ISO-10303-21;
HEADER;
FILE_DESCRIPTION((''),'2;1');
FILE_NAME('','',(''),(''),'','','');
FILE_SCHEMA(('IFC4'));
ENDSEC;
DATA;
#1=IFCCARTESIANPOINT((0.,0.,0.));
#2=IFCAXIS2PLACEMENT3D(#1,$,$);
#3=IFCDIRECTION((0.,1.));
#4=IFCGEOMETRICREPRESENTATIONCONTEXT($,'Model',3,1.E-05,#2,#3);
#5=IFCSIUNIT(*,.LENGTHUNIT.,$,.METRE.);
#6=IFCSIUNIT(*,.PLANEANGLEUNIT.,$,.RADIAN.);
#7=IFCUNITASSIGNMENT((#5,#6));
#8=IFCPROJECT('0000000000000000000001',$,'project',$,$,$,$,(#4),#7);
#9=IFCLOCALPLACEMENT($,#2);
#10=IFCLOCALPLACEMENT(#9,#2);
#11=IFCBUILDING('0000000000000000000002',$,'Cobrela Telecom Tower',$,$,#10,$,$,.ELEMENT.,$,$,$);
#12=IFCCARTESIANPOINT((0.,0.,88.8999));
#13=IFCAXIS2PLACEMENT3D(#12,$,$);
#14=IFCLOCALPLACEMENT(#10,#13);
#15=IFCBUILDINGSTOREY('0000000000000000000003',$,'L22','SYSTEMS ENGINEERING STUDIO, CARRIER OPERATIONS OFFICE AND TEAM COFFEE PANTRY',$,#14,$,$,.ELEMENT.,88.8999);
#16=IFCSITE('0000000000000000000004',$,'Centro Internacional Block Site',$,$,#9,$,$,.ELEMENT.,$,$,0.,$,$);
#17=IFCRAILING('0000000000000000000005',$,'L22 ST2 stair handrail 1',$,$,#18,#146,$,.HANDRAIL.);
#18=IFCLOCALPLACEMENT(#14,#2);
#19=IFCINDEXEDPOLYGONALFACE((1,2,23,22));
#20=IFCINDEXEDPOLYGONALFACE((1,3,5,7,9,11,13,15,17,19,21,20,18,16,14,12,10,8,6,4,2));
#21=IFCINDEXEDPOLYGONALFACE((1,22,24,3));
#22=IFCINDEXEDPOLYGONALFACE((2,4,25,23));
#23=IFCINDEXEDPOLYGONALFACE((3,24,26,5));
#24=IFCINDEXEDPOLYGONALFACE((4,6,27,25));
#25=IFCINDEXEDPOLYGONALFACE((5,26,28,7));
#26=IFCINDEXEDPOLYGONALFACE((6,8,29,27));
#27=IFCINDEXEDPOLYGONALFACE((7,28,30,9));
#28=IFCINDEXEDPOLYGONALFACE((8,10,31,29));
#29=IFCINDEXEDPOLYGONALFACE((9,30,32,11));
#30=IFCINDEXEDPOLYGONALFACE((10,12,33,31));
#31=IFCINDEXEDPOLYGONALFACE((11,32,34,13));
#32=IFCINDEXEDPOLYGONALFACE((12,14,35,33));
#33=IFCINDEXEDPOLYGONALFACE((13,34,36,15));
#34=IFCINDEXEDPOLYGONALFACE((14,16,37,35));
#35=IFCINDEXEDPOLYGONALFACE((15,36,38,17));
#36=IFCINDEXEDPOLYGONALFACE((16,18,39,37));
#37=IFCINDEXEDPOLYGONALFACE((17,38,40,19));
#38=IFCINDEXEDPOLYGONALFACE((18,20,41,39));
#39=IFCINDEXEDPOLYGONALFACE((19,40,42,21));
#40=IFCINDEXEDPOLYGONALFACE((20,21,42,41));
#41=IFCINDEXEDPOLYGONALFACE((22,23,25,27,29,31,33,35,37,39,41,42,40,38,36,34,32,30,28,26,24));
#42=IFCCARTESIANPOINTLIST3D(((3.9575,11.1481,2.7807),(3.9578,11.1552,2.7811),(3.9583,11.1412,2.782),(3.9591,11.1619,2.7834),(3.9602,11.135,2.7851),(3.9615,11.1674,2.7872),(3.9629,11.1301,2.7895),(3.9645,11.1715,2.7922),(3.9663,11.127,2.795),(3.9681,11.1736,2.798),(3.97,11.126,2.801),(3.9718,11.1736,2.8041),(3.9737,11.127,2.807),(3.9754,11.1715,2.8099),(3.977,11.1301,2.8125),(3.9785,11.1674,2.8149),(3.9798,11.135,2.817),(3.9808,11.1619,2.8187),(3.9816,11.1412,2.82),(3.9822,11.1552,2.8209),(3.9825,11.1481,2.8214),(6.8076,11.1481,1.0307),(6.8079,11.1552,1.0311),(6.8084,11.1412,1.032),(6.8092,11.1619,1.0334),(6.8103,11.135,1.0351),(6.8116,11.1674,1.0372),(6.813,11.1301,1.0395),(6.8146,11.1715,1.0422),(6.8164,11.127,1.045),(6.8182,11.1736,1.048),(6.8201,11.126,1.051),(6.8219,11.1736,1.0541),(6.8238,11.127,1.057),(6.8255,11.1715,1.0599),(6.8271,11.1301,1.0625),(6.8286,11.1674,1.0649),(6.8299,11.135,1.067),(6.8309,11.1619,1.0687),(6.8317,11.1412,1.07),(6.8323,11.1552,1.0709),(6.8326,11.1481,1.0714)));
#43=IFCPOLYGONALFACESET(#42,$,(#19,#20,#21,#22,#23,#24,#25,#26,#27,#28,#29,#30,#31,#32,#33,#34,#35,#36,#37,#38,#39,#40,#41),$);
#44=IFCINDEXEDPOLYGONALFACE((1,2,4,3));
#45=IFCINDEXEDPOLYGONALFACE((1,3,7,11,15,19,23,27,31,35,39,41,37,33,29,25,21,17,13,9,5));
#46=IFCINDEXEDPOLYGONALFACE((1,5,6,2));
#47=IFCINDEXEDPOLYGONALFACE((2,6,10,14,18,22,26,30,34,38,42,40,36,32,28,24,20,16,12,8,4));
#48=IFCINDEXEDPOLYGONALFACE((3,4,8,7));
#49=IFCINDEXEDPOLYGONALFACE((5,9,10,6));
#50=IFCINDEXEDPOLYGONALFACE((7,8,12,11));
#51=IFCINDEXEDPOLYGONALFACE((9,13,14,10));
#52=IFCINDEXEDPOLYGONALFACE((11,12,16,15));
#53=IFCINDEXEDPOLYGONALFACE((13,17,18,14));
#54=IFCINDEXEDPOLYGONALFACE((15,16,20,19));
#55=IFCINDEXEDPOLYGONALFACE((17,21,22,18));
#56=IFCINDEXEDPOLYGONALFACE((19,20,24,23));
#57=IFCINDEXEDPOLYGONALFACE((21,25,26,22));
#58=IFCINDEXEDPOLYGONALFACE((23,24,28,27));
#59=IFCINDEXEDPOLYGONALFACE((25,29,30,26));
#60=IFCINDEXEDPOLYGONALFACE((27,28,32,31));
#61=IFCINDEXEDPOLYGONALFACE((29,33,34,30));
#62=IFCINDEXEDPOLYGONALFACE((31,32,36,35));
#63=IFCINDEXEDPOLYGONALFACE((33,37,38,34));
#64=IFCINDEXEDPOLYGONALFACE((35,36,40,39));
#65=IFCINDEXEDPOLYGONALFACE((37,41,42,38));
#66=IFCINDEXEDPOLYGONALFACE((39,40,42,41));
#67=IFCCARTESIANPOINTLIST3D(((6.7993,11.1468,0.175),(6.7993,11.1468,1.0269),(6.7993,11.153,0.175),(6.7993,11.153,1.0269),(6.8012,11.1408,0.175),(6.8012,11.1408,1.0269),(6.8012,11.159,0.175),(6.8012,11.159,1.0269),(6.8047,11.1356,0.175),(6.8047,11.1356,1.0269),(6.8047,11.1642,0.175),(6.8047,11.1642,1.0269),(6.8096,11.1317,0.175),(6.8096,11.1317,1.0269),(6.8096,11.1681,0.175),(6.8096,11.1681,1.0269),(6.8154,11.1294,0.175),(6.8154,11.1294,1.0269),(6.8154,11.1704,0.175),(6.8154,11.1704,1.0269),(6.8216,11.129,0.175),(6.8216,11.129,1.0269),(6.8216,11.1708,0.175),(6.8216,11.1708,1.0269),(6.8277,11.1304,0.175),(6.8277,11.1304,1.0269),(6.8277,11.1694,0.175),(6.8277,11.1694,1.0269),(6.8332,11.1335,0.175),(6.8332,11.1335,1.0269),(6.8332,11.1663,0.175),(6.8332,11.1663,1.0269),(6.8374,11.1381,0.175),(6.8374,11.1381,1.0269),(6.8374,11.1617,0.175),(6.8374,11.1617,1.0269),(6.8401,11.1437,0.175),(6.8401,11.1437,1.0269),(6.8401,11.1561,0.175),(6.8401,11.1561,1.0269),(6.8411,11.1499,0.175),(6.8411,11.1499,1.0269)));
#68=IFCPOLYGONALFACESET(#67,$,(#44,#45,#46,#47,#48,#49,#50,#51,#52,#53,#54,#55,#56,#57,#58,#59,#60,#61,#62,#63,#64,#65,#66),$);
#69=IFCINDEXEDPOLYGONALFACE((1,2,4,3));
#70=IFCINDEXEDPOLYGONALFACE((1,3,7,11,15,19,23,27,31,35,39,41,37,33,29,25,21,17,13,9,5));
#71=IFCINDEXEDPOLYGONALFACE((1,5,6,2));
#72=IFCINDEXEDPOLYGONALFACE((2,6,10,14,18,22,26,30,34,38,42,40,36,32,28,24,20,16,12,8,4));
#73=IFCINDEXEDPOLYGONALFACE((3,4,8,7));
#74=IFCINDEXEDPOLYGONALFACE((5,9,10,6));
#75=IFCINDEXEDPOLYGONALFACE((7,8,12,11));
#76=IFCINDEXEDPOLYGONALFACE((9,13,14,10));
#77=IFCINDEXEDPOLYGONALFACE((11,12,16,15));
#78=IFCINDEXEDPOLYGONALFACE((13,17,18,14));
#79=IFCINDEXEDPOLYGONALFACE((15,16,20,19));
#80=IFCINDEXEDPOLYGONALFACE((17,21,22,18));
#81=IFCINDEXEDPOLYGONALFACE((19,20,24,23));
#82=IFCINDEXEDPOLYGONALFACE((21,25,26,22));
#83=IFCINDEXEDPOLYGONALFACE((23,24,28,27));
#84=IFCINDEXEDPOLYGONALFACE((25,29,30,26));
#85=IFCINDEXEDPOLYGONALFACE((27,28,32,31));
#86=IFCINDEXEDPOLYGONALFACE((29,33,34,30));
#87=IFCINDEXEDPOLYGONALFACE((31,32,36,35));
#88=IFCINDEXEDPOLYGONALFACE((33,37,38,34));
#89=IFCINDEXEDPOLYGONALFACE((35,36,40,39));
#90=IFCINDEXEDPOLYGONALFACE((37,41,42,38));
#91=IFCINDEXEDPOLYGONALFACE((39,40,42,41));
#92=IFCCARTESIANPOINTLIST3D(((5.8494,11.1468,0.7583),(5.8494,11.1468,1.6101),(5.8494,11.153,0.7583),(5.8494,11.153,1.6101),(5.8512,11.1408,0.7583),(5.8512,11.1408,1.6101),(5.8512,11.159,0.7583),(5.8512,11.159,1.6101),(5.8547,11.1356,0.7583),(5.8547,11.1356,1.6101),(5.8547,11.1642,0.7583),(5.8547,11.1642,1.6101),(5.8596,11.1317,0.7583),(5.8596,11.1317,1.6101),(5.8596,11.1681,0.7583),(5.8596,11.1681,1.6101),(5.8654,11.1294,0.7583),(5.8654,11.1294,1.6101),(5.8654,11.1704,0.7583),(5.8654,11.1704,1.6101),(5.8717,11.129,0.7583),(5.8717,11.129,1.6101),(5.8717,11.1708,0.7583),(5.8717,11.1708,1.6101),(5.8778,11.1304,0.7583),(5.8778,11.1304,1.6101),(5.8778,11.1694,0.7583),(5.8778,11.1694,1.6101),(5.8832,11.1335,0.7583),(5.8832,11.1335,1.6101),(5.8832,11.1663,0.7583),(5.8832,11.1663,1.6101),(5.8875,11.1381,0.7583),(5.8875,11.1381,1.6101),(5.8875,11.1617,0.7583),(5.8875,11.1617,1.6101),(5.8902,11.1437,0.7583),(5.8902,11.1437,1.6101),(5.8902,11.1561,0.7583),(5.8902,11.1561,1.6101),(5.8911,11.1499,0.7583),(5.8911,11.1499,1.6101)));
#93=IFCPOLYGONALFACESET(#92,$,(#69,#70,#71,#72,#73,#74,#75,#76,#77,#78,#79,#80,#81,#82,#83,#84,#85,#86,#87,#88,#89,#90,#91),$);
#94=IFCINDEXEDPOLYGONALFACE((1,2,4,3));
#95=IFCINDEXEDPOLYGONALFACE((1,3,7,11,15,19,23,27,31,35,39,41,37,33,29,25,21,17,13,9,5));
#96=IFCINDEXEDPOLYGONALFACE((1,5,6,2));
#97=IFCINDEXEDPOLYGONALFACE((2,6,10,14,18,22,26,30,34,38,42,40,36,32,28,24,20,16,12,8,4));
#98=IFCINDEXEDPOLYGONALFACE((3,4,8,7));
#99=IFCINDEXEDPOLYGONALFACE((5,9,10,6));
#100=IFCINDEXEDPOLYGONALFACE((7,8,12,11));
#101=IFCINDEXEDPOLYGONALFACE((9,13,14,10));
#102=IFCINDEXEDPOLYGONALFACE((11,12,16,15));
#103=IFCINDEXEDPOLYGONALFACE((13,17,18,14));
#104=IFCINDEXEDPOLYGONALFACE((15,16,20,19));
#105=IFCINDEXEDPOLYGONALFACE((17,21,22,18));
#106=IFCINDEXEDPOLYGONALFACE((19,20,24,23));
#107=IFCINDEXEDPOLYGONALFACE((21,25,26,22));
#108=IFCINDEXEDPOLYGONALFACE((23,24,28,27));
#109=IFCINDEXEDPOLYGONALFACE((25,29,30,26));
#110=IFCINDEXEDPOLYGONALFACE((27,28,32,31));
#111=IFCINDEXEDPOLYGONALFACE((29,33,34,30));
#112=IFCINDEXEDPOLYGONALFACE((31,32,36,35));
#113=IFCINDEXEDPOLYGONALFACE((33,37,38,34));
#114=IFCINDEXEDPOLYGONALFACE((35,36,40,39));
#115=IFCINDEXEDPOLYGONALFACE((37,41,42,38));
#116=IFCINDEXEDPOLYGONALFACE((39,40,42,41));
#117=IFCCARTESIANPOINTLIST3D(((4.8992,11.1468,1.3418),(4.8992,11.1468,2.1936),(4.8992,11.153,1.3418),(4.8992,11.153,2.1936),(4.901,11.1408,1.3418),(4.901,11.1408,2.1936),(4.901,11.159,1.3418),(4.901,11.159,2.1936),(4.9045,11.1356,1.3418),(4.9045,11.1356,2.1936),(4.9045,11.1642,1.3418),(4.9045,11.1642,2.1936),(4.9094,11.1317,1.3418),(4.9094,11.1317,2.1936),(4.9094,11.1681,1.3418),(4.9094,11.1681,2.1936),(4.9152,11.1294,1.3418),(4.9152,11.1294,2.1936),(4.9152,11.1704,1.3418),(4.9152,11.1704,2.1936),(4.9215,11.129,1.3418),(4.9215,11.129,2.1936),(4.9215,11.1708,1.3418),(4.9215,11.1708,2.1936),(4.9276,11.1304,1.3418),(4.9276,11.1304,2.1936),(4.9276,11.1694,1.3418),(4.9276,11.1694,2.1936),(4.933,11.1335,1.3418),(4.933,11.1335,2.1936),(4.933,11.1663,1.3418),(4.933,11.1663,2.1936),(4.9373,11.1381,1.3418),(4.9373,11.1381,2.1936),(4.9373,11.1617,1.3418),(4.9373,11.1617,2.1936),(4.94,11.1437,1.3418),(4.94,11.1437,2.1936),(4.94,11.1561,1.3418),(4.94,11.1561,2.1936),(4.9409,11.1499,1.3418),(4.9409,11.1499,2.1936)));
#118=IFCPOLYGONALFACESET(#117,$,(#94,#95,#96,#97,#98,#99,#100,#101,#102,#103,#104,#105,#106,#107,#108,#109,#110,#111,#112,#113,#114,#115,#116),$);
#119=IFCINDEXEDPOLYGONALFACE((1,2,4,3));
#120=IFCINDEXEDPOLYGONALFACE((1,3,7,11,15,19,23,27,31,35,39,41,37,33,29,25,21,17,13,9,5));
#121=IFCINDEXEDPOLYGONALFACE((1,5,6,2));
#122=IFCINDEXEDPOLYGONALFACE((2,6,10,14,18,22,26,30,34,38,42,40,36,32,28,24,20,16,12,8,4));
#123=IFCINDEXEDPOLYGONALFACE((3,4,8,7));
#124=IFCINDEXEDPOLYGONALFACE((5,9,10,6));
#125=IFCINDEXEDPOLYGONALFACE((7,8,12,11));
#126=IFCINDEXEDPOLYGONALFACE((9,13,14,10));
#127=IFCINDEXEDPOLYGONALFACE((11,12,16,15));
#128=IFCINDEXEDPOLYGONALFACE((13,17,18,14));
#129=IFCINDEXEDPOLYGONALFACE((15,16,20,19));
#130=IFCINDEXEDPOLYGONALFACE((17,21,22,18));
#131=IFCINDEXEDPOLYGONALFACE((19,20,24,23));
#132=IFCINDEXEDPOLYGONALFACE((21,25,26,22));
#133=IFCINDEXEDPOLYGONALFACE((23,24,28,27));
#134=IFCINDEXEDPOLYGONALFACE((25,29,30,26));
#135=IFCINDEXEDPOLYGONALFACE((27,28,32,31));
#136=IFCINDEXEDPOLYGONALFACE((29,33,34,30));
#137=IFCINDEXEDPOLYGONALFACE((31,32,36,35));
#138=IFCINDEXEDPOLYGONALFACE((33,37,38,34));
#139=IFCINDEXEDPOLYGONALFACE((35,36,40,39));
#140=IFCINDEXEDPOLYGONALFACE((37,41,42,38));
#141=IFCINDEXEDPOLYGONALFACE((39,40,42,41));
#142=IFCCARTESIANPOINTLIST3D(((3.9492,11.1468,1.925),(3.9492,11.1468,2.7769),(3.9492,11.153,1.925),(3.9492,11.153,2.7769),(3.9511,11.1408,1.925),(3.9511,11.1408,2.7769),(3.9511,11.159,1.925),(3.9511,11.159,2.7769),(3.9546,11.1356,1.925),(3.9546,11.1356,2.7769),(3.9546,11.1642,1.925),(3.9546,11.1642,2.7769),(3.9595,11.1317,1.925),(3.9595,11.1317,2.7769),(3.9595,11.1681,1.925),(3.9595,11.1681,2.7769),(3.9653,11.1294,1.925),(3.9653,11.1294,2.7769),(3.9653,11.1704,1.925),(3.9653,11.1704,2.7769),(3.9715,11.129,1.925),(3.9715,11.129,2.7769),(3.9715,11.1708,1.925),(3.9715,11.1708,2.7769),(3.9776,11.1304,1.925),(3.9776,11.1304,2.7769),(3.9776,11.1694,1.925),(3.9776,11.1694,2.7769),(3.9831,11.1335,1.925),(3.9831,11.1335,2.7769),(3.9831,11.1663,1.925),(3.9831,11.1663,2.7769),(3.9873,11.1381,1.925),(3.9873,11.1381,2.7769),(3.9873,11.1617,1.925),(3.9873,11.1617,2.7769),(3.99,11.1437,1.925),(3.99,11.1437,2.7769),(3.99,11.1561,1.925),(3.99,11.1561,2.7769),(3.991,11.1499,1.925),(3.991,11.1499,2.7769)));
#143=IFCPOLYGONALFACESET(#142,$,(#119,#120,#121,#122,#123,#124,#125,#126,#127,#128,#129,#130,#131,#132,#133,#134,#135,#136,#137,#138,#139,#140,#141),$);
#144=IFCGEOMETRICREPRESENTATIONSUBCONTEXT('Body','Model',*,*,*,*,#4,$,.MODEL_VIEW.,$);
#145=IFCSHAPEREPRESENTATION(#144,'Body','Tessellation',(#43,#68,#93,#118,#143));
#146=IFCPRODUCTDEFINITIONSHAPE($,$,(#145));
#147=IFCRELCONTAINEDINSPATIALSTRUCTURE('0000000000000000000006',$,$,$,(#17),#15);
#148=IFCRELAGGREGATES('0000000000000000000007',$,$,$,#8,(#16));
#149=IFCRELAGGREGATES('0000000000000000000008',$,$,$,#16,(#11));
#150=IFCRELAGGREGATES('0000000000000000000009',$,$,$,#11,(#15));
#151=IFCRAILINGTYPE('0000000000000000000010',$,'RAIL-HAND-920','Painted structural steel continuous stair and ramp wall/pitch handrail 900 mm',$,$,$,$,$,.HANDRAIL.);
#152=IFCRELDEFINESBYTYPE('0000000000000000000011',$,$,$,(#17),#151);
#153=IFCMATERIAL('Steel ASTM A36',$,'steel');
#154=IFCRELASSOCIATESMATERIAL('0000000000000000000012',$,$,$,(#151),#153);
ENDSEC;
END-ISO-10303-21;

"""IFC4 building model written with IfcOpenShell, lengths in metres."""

from ifc_helpers import new_model, si_unit, direction, frame, origin, origin_2d, place, context, subcontext, project, spatial, circle, extrude, material, type_object, element, save


model = new_model("IFC4")

# Units and contexts
model_context = context("Model", 3, precision=1e-05, world=origin(), true_north=direction((0.0, 1.0)))
body_context = subcontext(model_context, "Body", "Model", "MODEL_VIEW")
ifc_project = project(units=[si_unit("LENGTHUNIT", "METRE"), si_unit("PLANEANGLEUNIT", "RADIAN")], contexts=[model_context])

# Site, building, storey
site_placement = place(None, origin())
site = spatial("IfcSite", under=ifc_project, at=site_placement, Name="Centro Internacional Block Site", CompositionType="ELEMENT", RefElevation=0.0)
building_placement = place(site_placement, origin())
building = spatial("IfcBuilding", under=site, at=building_placement, Name="Cobrela Telecom Tower", CompositionType="ELEMENT")
storey_placement = place(building_placement, frame((0.0, 0.0, 88.8999)))
storey = spatial("IfcBuildingStorey", under=building, at=storey_placement, Name="L22", Description="SYSTEMS ENGINEERING STUDIO, CARRIER OPERATIONS OFFICE AND TEAM COFFEE PANTRY", CompositionType="ELEMENT", Elevation=88.8999)

# Railing
ifc_material_1 = material(Name="Steel ASTM A36", Category="steel")
railing_type_1 = type_object("IfcRailingType", Name="RAIL-HAND-920", Description="Painted structural steel continuous stair and ramp wall/pitch handrail 900 mm", PredefinedType="HANDRAIL", material=ifc_material_1)
railing_1_placement = place(storey_placement, frame((6.8201, 11.1499, 0.175)))
element("IfcRailing", 1, at=railing_1_placement, inside=storey, type_object=railing_type_1, Name="L22 ST2 stair handrail 1", PredefinedType="HANDRAIL", context=body_context, shape_type="SweptSolid", body=[
    extrude(circle(Radius=0.0239, at=origin_2d()), frame((0.0, 0.0, 0.876), z_axis=(-0.852179, 0.0, 0.52325), x_axis=(0.0, -1.0, 0.0)), (0.0, 0.0, 1.0), 3.3445),
    extrude(circle(Radius=0.021, at=origin_2d()), origin(), (0.0, 0.0, 1.0), 0.8518),
    extrude(circle(Radius=0.021, at=origin_2d()), frame((-0.95, 0.0, 0.5833)), (0.0, 0.0, 1.0), 0.8518),
    extrude(circle(Radius=0.021, at=origin_2d()), frame((-1.9001, 0.0, 1.1667)), (0.0, 0.0, 1.0), 0.8518),
    extrude(circle(Radius=0.021, at=origin_2d()), frame((-2.8501, 0.0, 1.75)), (0.0, 0.0, 1.0), 0.8518),
])

save(model, "model.ifc")
